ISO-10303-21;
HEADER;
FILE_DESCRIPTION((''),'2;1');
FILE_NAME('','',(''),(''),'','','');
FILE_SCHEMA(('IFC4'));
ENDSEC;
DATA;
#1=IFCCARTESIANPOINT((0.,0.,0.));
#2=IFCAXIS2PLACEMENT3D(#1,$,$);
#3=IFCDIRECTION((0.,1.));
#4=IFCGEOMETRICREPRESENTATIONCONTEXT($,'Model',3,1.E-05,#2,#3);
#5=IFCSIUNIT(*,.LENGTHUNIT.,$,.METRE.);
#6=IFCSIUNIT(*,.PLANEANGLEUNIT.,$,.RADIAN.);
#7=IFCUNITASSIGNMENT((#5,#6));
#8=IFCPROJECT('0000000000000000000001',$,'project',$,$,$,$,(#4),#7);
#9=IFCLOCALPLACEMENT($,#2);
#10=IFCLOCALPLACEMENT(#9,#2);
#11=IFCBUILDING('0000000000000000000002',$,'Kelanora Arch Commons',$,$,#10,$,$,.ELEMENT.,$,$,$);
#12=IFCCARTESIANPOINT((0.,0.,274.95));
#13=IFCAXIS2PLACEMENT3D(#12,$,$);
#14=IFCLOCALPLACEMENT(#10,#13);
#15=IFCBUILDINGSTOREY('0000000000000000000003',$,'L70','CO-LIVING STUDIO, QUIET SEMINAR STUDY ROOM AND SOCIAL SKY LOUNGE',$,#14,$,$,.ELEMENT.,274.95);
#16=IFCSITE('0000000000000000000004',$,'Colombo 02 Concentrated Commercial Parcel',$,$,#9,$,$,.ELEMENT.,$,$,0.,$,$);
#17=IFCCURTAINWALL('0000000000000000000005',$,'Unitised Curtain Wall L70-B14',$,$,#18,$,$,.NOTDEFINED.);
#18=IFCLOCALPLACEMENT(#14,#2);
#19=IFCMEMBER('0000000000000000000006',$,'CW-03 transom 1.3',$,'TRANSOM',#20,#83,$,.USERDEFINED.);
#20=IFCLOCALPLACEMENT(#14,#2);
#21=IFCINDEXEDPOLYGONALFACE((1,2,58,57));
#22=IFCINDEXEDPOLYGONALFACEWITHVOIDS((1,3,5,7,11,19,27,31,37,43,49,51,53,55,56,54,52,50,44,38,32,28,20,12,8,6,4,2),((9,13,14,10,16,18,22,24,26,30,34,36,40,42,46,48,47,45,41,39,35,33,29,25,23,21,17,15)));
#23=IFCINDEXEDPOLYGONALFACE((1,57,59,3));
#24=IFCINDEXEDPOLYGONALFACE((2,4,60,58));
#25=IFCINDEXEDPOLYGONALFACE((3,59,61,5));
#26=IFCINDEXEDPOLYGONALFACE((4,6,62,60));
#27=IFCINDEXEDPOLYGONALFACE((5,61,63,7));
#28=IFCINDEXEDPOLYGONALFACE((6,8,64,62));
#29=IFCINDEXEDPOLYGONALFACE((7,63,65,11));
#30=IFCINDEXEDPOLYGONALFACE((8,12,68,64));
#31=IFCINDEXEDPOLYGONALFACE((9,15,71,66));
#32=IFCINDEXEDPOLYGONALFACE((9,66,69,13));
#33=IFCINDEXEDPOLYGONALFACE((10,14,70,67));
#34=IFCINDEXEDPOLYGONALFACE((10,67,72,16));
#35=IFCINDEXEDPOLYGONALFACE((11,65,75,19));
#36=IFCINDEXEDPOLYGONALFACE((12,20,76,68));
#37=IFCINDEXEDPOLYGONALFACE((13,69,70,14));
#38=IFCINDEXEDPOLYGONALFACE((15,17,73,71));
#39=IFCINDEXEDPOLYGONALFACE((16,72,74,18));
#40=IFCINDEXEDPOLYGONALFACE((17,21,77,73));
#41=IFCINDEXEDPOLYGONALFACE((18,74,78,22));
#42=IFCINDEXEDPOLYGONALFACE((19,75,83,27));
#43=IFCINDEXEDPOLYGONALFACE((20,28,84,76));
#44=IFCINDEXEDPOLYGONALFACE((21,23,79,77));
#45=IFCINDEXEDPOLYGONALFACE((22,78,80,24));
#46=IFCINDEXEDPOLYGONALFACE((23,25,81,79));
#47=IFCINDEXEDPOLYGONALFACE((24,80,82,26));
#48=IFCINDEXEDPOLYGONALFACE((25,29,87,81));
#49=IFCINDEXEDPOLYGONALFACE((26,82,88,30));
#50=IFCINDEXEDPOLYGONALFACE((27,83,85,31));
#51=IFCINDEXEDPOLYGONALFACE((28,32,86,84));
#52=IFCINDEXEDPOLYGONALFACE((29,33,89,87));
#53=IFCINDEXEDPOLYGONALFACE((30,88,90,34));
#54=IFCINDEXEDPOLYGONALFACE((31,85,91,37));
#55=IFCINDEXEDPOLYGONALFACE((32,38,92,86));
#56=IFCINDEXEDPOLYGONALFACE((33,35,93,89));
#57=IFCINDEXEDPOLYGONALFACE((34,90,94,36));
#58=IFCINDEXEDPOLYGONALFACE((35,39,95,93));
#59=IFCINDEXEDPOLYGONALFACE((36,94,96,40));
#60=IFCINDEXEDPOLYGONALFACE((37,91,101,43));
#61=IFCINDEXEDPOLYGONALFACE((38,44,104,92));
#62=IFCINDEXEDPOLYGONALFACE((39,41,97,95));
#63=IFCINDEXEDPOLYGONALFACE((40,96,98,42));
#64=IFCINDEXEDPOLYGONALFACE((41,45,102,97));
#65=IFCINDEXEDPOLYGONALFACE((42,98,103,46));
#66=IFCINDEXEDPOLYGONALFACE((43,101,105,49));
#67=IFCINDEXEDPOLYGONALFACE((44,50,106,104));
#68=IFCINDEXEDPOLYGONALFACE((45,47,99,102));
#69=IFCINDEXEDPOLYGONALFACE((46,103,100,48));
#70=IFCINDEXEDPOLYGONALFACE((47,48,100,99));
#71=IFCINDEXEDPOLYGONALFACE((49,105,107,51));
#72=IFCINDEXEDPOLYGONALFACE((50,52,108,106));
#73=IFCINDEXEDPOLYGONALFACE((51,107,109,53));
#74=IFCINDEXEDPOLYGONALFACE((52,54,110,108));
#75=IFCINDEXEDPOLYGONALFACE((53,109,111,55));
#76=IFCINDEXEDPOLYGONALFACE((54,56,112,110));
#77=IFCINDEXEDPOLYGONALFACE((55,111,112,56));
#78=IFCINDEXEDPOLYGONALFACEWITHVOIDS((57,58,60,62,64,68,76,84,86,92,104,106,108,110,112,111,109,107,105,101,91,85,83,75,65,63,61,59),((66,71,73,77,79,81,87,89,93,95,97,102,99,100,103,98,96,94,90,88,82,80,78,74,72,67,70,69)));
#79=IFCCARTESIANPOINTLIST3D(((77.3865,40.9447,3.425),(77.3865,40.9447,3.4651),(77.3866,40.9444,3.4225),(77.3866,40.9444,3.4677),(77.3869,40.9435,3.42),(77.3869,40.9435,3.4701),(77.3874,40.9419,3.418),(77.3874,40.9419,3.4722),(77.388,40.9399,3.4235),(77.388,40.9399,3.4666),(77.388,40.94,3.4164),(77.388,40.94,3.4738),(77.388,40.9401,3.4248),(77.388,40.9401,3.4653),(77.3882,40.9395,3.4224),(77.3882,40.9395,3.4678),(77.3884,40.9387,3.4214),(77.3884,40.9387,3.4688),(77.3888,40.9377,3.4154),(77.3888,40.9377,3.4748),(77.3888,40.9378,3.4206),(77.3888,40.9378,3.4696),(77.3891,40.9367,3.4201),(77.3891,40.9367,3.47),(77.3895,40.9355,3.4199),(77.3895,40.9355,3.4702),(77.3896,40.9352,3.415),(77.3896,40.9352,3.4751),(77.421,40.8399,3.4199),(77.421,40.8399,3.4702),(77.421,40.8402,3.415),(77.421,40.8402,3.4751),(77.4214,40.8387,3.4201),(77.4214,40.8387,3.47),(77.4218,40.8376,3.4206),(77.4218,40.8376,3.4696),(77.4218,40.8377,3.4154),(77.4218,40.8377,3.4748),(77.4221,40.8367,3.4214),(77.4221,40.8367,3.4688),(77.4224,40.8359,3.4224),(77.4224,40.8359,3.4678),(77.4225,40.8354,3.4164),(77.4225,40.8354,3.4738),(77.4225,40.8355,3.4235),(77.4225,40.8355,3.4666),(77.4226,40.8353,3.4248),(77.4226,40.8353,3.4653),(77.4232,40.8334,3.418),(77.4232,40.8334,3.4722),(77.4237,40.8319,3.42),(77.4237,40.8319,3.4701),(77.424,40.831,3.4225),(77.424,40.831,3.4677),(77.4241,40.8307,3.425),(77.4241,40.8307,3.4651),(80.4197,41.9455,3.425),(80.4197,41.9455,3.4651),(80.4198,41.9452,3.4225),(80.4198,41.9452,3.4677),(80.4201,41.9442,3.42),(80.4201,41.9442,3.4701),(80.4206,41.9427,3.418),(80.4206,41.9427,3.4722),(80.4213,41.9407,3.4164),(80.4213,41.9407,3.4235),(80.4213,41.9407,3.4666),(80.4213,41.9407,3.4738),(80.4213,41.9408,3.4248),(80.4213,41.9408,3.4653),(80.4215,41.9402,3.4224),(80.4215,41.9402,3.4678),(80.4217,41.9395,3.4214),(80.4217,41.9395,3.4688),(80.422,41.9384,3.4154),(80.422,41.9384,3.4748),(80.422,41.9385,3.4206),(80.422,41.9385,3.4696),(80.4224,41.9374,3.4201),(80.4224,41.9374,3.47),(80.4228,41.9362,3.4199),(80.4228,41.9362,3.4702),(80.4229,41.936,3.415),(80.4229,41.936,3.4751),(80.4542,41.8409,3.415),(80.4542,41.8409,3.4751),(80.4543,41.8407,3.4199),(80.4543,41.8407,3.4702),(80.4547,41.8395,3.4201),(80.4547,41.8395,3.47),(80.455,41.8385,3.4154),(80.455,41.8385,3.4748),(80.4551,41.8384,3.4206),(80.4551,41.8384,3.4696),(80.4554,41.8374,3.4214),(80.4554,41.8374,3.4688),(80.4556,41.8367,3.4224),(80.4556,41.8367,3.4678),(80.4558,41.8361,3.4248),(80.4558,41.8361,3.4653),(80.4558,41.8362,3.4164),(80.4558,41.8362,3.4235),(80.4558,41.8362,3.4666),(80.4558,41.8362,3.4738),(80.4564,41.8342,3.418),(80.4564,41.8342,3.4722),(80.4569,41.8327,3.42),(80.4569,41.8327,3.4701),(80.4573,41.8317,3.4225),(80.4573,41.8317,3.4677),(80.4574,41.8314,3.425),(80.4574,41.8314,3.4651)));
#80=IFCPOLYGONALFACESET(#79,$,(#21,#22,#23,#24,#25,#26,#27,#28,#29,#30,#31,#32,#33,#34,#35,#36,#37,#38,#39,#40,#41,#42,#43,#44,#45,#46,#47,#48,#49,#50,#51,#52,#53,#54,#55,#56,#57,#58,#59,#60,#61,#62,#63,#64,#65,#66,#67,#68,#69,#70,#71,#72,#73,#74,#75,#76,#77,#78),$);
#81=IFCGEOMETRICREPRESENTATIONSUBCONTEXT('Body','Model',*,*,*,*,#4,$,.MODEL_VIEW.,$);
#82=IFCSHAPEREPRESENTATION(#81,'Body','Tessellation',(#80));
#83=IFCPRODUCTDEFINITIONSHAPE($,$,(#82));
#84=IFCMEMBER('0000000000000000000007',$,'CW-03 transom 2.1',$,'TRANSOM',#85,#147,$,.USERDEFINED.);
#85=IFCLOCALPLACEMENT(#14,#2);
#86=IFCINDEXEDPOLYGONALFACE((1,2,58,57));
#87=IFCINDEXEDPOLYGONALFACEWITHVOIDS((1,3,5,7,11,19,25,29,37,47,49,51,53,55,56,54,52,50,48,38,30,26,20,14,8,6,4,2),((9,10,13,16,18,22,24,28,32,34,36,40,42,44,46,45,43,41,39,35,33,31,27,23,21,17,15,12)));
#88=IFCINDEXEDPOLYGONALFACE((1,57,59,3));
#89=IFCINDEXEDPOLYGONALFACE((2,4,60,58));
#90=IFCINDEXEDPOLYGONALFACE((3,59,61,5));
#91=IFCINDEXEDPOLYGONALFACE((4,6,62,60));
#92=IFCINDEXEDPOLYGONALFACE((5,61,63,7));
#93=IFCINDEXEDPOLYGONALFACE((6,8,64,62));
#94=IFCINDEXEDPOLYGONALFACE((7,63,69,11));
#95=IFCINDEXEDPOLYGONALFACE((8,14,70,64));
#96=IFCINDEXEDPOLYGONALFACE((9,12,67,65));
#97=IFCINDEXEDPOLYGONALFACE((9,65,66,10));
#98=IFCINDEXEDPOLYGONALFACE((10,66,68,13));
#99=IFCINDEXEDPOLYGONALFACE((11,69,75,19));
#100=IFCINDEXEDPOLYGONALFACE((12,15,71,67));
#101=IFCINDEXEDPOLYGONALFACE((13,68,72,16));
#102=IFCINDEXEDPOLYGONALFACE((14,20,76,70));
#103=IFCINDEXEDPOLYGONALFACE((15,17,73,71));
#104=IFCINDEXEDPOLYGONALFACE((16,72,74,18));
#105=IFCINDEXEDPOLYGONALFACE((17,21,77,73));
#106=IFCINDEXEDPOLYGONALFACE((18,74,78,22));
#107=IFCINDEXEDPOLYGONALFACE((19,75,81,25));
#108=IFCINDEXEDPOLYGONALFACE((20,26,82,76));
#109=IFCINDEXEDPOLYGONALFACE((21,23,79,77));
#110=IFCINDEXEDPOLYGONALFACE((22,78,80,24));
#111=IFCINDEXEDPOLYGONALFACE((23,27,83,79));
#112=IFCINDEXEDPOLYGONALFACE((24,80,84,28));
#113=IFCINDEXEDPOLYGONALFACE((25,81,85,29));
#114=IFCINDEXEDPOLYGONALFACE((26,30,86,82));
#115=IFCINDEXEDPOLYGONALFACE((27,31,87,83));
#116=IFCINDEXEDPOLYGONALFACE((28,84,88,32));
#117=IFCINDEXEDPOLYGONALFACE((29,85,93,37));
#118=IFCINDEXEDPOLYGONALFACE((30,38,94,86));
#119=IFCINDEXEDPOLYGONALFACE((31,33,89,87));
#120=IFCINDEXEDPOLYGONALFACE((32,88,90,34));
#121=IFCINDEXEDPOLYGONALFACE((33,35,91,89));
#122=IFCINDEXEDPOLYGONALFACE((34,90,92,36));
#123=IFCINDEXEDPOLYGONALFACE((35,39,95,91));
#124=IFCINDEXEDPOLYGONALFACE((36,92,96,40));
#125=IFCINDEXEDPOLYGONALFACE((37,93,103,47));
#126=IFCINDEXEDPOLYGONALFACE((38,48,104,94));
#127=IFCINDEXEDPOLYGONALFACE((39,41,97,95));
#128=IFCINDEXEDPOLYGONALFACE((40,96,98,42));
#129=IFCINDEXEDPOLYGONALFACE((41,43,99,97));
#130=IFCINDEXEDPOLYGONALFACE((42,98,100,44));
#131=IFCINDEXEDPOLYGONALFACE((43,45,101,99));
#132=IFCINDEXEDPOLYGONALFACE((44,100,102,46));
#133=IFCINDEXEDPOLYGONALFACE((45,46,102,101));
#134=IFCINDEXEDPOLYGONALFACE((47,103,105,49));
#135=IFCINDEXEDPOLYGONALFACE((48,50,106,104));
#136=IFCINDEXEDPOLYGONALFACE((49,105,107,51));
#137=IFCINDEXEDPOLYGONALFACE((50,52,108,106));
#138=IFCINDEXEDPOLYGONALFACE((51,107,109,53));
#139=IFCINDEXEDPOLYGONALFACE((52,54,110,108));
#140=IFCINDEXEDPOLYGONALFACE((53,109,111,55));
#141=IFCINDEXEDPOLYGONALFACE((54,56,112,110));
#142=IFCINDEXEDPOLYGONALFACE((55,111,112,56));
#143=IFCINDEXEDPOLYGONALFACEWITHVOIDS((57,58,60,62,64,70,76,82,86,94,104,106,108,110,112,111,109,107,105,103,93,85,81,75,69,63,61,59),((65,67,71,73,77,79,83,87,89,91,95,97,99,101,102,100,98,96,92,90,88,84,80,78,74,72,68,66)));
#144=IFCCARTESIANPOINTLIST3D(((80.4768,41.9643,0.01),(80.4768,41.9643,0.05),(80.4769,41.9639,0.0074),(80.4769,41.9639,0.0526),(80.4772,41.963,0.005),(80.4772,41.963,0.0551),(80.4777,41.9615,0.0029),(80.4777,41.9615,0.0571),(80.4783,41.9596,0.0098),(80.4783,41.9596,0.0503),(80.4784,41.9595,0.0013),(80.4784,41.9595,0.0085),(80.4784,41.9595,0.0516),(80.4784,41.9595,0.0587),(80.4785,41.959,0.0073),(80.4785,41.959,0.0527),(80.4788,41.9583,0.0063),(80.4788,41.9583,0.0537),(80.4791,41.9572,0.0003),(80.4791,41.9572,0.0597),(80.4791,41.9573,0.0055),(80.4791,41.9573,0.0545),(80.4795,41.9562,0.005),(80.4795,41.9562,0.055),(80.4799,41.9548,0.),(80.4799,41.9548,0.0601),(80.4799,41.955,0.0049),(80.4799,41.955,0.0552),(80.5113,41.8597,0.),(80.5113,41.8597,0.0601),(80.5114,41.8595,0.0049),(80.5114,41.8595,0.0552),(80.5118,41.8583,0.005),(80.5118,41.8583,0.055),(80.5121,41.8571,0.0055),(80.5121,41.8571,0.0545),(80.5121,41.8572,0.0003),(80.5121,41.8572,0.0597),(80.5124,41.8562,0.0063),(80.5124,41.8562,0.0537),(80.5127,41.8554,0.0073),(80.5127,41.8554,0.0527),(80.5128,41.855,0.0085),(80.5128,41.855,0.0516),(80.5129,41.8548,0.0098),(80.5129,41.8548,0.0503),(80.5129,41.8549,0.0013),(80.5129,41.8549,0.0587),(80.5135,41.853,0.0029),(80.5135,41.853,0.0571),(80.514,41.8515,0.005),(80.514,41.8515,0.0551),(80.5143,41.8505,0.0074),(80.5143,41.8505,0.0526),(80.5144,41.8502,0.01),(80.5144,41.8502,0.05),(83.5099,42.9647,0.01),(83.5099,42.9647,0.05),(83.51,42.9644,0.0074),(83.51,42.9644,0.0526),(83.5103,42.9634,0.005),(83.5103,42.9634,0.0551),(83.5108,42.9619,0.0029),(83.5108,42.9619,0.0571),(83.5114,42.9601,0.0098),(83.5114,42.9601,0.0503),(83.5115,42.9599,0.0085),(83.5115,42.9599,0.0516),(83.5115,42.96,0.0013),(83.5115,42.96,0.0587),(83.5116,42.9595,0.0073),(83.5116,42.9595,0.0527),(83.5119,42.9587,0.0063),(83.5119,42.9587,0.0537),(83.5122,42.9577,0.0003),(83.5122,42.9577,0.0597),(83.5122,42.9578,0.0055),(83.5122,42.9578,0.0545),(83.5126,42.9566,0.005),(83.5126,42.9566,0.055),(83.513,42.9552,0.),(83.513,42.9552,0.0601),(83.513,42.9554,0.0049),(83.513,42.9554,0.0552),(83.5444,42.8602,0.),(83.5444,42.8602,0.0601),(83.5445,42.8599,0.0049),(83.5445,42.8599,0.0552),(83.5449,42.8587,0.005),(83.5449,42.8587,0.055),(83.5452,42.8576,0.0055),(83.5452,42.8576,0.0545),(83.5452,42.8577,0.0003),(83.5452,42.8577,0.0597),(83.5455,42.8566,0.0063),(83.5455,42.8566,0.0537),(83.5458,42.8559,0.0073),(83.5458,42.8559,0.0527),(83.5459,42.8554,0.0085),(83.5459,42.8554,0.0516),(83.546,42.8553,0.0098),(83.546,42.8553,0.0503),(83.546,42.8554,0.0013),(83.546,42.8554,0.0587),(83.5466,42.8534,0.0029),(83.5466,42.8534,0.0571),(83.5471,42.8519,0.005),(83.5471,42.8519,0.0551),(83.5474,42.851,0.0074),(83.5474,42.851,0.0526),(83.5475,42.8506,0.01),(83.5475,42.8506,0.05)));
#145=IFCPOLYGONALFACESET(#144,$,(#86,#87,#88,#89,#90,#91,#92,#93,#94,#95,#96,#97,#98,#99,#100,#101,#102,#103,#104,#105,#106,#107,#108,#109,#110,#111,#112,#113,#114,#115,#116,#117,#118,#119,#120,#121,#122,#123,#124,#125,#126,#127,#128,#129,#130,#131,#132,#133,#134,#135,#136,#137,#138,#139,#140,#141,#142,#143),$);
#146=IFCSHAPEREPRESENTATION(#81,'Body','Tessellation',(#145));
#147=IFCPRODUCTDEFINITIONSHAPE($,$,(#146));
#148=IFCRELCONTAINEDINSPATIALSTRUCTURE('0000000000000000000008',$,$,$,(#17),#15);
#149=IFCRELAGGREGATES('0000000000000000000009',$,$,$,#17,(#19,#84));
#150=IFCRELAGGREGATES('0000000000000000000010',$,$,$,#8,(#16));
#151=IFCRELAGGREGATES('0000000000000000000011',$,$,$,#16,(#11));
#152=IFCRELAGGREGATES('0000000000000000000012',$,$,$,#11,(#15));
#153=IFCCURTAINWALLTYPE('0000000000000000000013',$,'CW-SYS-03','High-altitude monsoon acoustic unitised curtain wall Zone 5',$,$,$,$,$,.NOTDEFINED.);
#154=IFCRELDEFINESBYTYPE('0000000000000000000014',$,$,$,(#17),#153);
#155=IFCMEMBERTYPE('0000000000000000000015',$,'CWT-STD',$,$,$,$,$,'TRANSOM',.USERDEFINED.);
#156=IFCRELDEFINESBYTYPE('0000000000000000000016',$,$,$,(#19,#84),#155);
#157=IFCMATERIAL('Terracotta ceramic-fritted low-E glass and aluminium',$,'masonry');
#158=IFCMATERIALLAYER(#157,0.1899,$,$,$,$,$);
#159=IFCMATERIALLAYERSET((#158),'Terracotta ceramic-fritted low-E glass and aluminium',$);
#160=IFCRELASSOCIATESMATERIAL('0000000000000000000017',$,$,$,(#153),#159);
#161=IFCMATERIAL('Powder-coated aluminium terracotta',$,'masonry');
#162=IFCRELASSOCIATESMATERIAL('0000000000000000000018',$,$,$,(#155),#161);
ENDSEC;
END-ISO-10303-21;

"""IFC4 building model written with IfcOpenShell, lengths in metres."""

from ifc_helpers import new_model, si_unit, direction, frame, origin, origin_2d, place, context, subcontext, project, spatial, hollow_rectangle, extrude, material, layer, layer_set, material_profile, profile_set, type_object, element, aggregate, save


model = new_model("IFC4")

# Units and contexts
model_context = context("Model", 3, precision=1e-05, world=origin(), true_north=direction((0.0, 1.0)))
body_context = subcontext(model_context, "Body", "Model", "MODEL_VIEW")
ifc_project = project(units=[si_unit("LENGTHUNIT", "METRE"), si_unit("PLANEANGLEUNIT", "RADIAN")], contexts=[model_context])

# Site, building, storey
site_placement = place(None, origin())
site = spatial("IfcSite", under=ifc_project, at=site_placement, Name="Colombo 02 Concentrated Commercial Parcel", CompositionType="ELEMENT", RefElevation=0.0)
building_placement = place(site_placement, origin())
building = spatial("IfcBuilding", under=site, at=building_placement, Name="Kelanora Arch Commons", CompositionType="ELEMENT")
storey_placement = place(building_placement, frame((0.0, 0.0, 274.95)))
storey = spatial("IfcBuildingStorey", under=building, at=storey_placement, Name="L70", Description="CO-LIVING STUDIO, QUIET SEMINAR STUDY ROOM AND SOCIAL SKY LOUNGE", CompositionType="ELEMENT", Elevation=274.95)

# Curtain wall, members
ifc_material_1 = material(Name="Terracotta ceramic-fritted low-E glass and aluminium", Category="masonry")
ifc_layer_1 = layer(ifc_material_1, 0.1899)
ifc_layer_set_1 = layer_set([ifc_layer_1], Name="Terracotta ceramic-fritted low-E glass and aluminium")
curtain_wall_type = type_object("IfcCurtainWallType", Name="CW-SYS-03", Description="High-altitude monsoon acoustic unitised curtain wall Zone 5", PredefinedType="NOTDEFINED", material=ifc_layer_set_1)
curtain_wall_placement = place(storey_placement, origin())
curtain_wall = element("IfcCurtainWall", 1, at=curtain_wall_placement, inside=storey, type_object=curtain_wall_type, Name="Unitised Curtain Wall L70-B14", PredefinedType="NOTDEFINED")
ifc_material_2 = material(Name="Powder-coated aluminium terracotta", Category="masonry")
ifc_material_profile_1 = material_profile(ifc_material_2, hollow_rectangle(XDim=0.1201, YDim=0.0601, WallThickness=0.0049, InnerFilletRadius=0.0049, OuterFilletRadius=0.01, at=origin_2d()), Name="CWT120x60")
ifc_profile_set_1 = profile_set([ifc_material_profile_1], Name="Powder-coated aluminium terracotta")
member_type_1 = type_object("IfcMemberType", Name="CWT-STD", ElementType="TRANSOM", PredefinedType="USERDEFINED", material=ifc_profile_set_1)
member_1_placement = place(storey_placement, frame((77.4053, 40.8877, 3.4451), z_axis=(0.94965, 0.313314, 0.0), x_axis=(-0.313314, 0.94965, 0.0)))
member_1 = element("IfcMember", 2, at=member_1_placement, type_object=member_type_1, Name="CW-03 transom 1.3", ObjectType="TRANSOM", PredefinedType="USERDEFINED", context=body_context, shape_type="SweptSolid", body=[
    extrude(hollow_rectangle(XDim=0.1201, YDim=0.0601, WallThickness=0.0049, InnerFilletRadius=0.0049, OuterFilletRadius=0.01, at=origin_2d()), origin(), (0.0, 0.0, 1.0), 3.1941),
])
member_2_placement = place(storey_placement, frame((80.4956, 41.9072, 0.03), z_axis=(0.949672, 0.313245, 0.0), x_axis=(-0.313245, 0.949672, 0.0)))
member_2 = element("IfcMember", 3, at=member_2_placement, type_object=member_type_1, Name="CW-03 transom 2.1", ObjectType="TRANSOM", PredefinedType="USERDEFINED", context=body_context, shape_type="SweptSolid", body=[
    extrude(hollow_rectangle(XDim=0.1201, YDim=0.0601, WallThickness=0.0049, InnerFilletRadius=0.0049, OuterFilletRadius=0.01, at=origin_2d()), origin(), (0.0, 0.0, 1.0), 3.1938),
])
aggregate(curtain_wall, [member_1, member_2])

save(model, "model.ifc")
